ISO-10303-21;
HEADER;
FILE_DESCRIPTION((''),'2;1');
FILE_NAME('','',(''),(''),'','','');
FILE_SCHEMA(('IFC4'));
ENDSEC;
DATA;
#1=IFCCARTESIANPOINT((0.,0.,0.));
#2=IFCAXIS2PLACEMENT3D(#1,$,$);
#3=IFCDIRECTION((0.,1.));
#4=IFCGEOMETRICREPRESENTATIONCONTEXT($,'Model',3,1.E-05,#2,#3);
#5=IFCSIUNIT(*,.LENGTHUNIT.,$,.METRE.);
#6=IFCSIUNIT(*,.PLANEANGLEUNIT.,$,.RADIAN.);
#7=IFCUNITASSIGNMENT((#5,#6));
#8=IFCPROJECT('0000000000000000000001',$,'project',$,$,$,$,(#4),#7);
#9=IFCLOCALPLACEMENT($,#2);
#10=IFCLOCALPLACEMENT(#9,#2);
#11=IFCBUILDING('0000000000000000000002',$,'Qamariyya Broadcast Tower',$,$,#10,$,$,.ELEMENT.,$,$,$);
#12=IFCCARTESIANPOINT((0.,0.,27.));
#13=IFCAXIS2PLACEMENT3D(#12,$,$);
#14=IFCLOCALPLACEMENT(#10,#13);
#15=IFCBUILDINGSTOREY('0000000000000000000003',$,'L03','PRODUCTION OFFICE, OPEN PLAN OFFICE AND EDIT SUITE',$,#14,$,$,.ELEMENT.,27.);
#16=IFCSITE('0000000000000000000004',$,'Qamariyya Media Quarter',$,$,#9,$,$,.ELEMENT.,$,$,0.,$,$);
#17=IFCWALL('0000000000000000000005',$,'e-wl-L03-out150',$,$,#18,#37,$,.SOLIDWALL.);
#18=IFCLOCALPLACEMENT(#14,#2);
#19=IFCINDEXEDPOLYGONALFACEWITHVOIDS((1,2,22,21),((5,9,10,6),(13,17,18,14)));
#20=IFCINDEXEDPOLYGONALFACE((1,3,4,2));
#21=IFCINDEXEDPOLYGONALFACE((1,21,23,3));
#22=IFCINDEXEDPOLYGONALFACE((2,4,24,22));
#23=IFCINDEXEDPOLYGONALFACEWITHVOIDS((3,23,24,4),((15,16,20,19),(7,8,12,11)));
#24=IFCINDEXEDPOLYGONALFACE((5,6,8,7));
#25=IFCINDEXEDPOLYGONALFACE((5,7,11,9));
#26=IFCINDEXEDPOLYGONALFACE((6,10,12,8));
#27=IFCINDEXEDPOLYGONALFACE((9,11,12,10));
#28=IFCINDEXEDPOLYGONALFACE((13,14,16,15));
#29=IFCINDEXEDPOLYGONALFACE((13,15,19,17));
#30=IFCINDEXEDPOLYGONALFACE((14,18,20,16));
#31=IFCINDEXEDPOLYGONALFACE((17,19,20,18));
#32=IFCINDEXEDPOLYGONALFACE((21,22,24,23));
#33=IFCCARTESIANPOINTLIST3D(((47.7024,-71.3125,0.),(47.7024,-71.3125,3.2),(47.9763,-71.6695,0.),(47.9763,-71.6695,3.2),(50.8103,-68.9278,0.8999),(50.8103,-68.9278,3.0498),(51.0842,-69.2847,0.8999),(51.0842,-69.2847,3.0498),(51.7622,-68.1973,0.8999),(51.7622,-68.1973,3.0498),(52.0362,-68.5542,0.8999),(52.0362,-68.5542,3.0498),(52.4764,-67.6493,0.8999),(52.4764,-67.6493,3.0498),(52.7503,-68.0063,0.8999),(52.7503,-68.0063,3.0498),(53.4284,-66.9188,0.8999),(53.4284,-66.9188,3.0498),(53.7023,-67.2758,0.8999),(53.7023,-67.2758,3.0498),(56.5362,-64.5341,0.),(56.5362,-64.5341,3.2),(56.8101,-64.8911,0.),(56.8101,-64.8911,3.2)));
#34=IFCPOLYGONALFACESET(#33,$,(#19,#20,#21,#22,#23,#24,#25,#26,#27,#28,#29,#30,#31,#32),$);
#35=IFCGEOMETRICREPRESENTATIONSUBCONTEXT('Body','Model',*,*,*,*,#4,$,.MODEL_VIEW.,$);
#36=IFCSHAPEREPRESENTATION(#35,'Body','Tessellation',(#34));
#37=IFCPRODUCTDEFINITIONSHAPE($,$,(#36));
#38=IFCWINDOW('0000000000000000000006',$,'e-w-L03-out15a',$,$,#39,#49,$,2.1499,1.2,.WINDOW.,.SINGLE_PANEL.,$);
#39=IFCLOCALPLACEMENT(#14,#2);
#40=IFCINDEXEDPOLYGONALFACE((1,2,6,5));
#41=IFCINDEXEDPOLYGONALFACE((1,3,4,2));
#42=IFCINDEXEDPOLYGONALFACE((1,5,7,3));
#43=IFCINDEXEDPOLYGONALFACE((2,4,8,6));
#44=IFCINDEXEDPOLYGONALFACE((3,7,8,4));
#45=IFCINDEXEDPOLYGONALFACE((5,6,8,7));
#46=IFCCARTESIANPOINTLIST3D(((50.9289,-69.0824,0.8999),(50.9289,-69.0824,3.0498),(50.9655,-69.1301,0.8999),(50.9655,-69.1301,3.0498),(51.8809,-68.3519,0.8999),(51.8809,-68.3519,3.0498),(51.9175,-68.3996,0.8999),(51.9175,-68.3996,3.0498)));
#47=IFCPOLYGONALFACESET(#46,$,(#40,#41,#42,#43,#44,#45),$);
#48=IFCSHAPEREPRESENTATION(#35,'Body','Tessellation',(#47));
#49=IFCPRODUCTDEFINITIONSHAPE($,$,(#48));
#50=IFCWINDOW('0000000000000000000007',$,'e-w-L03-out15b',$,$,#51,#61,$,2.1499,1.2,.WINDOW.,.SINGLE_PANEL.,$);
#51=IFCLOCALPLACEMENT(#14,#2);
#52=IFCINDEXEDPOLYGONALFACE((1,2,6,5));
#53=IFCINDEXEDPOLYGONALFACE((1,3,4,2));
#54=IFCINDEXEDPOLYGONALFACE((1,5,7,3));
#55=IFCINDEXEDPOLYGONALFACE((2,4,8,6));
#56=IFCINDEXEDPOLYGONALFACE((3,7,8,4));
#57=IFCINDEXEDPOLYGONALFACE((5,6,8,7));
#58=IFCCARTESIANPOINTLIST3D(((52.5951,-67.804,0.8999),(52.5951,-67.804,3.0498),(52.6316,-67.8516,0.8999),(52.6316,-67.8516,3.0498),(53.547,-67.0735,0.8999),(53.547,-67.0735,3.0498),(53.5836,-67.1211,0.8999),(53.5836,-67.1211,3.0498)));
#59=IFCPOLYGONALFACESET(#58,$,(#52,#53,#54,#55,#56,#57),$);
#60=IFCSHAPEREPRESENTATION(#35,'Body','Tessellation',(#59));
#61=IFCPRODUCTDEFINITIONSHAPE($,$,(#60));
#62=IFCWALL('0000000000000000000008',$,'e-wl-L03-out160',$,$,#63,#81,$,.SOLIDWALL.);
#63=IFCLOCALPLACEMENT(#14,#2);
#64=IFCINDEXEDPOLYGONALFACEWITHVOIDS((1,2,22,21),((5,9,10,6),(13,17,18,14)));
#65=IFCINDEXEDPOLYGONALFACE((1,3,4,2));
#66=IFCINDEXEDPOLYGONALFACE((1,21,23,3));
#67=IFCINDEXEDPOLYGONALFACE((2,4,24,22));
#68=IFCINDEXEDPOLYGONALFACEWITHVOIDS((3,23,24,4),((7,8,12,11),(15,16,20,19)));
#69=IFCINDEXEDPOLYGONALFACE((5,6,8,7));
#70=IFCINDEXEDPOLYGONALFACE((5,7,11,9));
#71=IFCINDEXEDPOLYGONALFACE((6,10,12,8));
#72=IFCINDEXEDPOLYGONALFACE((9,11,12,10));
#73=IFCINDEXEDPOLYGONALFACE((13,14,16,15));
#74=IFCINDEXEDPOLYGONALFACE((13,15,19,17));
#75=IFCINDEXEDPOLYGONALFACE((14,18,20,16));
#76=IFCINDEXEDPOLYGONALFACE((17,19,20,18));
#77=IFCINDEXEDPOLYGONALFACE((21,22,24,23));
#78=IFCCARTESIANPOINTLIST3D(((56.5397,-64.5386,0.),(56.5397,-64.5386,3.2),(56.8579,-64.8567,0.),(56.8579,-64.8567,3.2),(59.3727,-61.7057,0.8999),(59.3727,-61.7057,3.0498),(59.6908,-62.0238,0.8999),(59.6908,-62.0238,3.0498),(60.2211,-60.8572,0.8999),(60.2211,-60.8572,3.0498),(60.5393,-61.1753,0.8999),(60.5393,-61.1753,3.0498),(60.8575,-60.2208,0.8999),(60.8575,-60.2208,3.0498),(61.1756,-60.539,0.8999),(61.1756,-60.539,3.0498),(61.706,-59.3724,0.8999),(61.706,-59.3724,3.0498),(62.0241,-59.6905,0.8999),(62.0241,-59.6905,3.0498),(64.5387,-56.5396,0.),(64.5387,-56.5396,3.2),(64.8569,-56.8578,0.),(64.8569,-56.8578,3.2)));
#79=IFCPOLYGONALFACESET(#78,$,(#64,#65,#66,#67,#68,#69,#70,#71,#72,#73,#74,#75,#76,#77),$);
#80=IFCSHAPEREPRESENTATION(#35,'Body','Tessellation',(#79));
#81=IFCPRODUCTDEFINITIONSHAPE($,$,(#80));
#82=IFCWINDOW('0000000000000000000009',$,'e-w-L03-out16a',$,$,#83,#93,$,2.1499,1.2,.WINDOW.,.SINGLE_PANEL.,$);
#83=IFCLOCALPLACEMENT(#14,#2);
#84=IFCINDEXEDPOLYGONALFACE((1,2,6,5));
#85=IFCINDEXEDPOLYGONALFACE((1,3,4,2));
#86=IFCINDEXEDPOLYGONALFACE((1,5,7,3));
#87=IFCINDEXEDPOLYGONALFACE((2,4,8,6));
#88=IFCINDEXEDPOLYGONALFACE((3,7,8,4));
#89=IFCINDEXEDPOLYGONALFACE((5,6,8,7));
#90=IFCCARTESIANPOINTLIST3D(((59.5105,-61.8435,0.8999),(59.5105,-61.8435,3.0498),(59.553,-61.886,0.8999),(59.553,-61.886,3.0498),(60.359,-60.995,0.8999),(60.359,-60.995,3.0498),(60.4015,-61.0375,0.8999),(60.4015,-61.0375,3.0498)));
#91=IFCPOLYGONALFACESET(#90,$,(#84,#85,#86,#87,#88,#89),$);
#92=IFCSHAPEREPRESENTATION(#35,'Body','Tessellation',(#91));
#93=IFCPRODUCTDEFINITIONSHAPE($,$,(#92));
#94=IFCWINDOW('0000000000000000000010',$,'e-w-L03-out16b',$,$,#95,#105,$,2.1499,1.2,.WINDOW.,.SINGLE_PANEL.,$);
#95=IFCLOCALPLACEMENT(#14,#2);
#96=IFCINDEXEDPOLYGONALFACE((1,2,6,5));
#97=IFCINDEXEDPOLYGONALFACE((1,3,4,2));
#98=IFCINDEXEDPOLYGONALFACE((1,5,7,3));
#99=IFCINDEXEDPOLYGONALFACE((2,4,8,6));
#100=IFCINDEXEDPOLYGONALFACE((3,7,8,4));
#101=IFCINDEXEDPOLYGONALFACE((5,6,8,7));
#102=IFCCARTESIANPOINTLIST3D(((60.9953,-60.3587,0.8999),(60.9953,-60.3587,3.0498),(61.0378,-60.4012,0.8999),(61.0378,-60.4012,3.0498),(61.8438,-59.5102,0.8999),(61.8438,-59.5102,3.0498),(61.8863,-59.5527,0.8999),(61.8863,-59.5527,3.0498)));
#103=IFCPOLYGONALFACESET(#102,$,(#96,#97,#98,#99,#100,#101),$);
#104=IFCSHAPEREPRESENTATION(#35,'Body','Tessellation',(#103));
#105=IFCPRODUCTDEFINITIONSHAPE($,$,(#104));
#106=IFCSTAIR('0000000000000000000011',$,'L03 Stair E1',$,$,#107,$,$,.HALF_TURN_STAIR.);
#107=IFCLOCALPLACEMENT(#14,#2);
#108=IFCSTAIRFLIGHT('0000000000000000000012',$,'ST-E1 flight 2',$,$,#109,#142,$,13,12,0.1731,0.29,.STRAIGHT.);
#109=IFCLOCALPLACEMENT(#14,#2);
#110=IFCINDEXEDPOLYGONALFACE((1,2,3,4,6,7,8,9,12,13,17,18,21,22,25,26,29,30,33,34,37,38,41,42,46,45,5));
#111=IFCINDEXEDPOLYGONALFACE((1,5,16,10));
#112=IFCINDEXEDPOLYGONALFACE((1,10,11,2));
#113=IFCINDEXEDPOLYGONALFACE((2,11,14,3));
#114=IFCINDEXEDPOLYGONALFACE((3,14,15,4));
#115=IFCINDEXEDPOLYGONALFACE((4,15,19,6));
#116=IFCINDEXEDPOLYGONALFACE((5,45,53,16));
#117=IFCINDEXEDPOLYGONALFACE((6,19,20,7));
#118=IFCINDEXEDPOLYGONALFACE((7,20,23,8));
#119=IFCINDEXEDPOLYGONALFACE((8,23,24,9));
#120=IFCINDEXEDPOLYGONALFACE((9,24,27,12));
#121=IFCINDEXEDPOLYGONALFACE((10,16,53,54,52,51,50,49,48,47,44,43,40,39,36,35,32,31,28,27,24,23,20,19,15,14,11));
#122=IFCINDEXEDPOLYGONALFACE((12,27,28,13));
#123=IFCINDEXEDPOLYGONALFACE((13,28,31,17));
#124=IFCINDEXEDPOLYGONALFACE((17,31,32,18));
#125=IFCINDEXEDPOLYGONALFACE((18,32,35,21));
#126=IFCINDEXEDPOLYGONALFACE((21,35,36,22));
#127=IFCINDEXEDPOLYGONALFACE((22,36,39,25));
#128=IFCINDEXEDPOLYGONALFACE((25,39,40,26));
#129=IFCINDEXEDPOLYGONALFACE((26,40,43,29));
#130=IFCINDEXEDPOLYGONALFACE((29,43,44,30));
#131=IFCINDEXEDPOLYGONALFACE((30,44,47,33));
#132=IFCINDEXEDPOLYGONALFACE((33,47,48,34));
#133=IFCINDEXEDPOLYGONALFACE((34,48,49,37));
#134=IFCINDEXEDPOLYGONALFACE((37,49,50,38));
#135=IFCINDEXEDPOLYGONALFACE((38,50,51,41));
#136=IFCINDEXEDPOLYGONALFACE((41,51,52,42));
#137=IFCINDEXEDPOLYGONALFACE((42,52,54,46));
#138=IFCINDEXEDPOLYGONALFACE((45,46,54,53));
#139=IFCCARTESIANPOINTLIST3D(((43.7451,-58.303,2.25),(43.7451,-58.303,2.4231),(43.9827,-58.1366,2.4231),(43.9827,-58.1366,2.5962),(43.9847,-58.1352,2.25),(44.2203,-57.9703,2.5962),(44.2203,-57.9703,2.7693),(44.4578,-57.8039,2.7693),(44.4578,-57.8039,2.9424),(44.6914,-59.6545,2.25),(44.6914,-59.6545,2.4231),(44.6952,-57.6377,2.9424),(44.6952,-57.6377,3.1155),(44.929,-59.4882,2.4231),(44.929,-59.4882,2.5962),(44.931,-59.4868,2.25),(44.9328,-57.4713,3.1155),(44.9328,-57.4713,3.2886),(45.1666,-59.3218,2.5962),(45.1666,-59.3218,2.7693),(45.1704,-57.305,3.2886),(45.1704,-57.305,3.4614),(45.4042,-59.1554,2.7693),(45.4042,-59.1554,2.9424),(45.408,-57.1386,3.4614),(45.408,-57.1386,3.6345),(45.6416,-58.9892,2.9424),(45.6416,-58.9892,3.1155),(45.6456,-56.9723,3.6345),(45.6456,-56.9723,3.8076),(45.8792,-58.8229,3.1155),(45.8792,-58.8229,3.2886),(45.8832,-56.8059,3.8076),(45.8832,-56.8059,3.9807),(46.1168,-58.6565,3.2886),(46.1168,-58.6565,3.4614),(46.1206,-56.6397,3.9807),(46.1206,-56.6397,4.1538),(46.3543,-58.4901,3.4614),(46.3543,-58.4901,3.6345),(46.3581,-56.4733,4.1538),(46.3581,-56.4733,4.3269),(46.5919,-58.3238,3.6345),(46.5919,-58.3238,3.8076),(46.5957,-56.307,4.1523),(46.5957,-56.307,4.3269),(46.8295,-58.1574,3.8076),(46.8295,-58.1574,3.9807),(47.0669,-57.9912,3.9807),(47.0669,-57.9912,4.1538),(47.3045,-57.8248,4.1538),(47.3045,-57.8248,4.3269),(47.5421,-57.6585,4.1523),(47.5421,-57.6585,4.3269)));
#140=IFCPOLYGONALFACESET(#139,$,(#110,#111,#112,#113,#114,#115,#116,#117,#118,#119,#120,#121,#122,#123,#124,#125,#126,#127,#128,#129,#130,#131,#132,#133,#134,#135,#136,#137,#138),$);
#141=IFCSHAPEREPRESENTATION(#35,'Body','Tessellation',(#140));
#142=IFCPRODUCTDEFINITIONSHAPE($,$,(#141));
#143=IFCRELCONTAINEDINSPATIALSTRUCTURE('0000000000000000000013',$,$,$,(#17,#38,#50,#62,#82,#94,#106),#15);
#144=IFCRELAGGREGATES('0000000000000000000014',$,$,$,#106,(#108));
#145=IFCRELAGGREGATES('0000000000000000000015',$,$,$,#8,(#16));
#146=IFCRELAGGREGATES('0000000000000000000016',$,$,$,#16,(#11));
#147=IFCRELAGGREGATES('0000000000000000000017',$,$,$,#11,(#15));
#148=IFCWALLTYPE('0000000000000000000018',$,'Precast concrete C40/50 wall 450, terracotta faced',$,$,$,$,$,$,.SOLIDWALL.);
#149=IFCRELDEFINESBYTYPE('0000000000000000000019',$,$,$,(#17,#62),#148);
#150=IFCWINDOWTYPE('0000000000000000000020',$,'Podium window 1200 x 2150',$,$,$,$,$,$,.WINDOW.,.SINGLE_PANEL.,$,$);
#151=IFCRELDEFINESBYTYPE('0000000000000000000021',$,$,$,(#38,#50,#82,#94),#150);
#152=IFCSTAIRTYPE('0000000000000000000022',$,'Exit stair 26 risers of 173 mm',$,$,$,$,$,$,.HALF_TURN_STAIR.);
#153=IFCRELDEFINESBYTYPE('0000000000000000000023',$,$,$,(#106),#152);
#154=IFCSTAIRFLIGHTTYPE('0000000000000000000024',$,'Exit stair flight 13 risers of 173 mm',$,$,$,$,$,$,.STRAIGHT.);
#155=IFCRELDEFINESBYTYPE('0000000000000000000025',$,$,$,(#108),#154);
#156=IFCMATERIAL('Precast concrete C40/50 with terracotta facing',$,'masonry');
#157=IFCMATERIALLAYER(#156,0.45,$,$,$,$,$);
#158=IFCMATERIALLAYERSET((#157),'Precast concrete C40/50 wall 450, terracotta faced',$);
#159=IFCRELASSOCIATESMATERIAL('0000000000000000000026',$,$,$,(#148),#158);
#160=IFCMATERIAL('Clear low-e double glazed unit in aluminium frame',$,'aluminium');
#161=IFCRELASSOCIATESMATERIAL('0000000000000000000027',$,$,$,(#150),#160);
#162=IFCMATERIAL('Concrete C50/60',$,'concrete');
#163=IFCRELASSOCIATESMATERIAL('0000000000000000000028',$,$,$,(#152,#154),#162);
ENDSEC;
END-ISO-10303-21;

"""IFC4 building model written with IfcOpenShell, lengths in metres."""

from ifc_helpers import new_model, si_unit, direction, frame, frame_2d, origin, place, context, subcontext, project, spatial, polyline, rectangle, outline, extrude, material, layer, layer_set, type_object, element, fill, aggregate, save


model = new_model("IFC4")

# Units and contexts
model_context = context("Model", 3, precision=1e-05, world=origin(), true_north=direction((0.0, 1.0)))
body_context = subcontext(model_context, "Body", "Model", "MODEL_VIEW")
ifc_project = project(units=[si_unit("LENGTHUNIT", "METRE"), si_unit("PLANEANGLEUNIT", "RADIAN")], contexts=[model_context])

# Site, building, storey
site_placement = place(None, origin())
site = spatial("IfcSite", under=ifc_project, at=site_placement, Name="Qamariyya Media Quarter", CompositionType="ELEMENT", RefElevation=0.0)
building_placement = place(site_placement, origin())
building = spatial("IfcBuilding", under=site, at=building_placement, Name="Qamariyya Broadcast Tower", CompositionType="ELEMENT")
storey_placement = place(building_placement, frame((0.0, 0.0, 27.0)))
storey = spatial("IfcBuildingStorey", under=building, at=storey_placement, Name="L03", Description="PRODUCTION OFFICE, OPEN PLAN OFFICE AND EDIT SUITE", CompositionType="ELEMENT", Elevation=27.0)

# Shared definitions
ifc_material_1 = material(Name="Concrete C50/60", Category="concrete")

# Walls, openings, windows
ifc_material_2 = material(Name="Precast concrete C40/50 with terracotta facing", Category="masonry")
ifc_layer_1 = layer(ifc_material_2, 0.45)
ifc_layer_set_1 = layer_set([ifc_layer_1], Name="Precast concrete C40/50 wall 450, terracotta faced")
wall_type_1 = type_object("IfcWallType", Name="Precast concrete C40/50 wall 450, terracotta faced", PredefinedType="SOLIDWALL", material=ifc_layer_set_1)
wall_1_placement = place(storey_placement, frame((47.8394, -71.491, 0.0), z_axis=(0.0, 0.0, 1.0), x_axis=(0.793355, 0.608759, 0.0)))
wall_1 = element("IfcWall", 1, at=wall_1_placement, inside=storey, type_object=wall_type_1, Name="e-wl-L03-out150", PredefinedType="SOLIDWALL", context=body_context, shape_type="SweptSolid", body=[
    extrude(rectangle(XDim=11.1348, YDim=0.45, at=frame_2d((5.5674, 0.0))), origin(), (0.0, 0.0, 1.0), 3.2),
])
opening_1_placement = place(wall_1_placement, frame((3.9172, 0.0, 0.8999)))
opening_1 = element("IfcOpeningElement", 2, at=opening_1_placement, cuts=wall_1, PredefinedType="OPENING", context=body_context, shape_type="SweptSolid", body=[
    extrude(rectangle(XDim=1.2, YDim=2.1499, at=frame_2d((0.6001, 1.075))), frame((0.0, 0.2349, 0.0), z_axis=(0.0, -1.0, 0.0), x_axis=(1.0, 0.0, 0.0)), (0.0, 0.0, 1.0), 0.47),
])
opening_2_placement = place(wall_1_placement, frame((6.0173, 0.0, 0.8999)))
opening_2 = element("IfcOpeningElement", 3, at=opening_2_placement, cuts=wall_1, PredefinedType="OPENING", context=body_context, shape_type="SweptSolid", body=[
    extrude(rectangle(XDim=1.2, YDim=2.1499, at=frame_2d((0.6001, 1.075))), frame((0.0, 0.2349, 0.0), z_axis=(0.0, -1.0, 0.0), x_axis=(1.0, 0.0, 0.0)), (0.0, 0.0, 1.0), 0.47),
])
ifc_material_3 = material(Name="Clear low-e double glazed unit in aluminium frame", Category="aluminium")
window_type = type_object("IfcWindowType", Name="Podium window 1200 x 2150", PartitioningType="SINGLE_PANEL", PredefinedType="WINDOW", material=ifc_material_3)
window_1_placement = place(opening_1_placement, origin())
window_1 = element("IfcWindow", 4, at=window_1_placement, inside=storey, type_object=window_type, Name="e-w-L03-out15a", OverallHeight=2.1499, OverallWidth=1.2, PartitioningType="SINGLE_PANEL", PredefinedType="WINDOW", context=body_context, shape_type="SweptSolid", body=[
    extrude(rectangle(XDim=1.2, YDim=2.1499, at=frame_2d((0.6001, 1.075))), frame((0.0, 0.03, 0.0), z_axis=(0.0, -1.0, 0.0), x_axis=(1.0, 0.0, 0.0)), (0.0, 0.0, 1.0), 0.0601),
])
fill(opening_1, window_1)
window_2_placement = place(opening_2_placement, origin())
window_2 = element("IfcWindow", 5, at=window_2_placement, inside=storey, type_object=window_type, Name="e-w-L03-out15b", OverallHeight=2.1499, OverallWidth=1.2, PartitioningType="SINGLE_PANEL", PredefinedType="WINDOW", context=body_context, shape_type="SweptSolid", body=[
    extrude(rectangle(XDim=1.2, YDim=2.1499, at=frame_2d((0.6001, 1.075))), frame((0.0, 0.03, 0.0), z_axis=(0.0, -1.0, 0.0), x_axis=(1.0, 0.0, 0.0)), (0.0, 0.0, 1.0), 0.0601),
])
fill(opening_2, window_2)
wall_2_placement = place(storey_placement, frame((56.6987, -64.6978, 0.0), z_axis=(0.0, 0.0, 1.0), x_axis=(0.707107, 0.707107, 0.0)))
wall_2 = element("IfcWall", 6, at=wall_2_placement, inside=storey, type_object=wall_type_1, Name="e-wl-L03-out160", PredefinedType="SOLIDWALL", context=body_context, shape_type="SweptSolid", body=[
    extrude(rectangle(XDim=11.3123, YDim=0.45, at=frame_2d((5.6562, 0.0))), origin(), (0.0, 0.0, 1.0), 3.2),
])
opening_3_placement = place(wall_2_placement, frame((4.0063, 0.0, 0.8999)))
opening_3 = element("IfcOpeningElement", 7, at=opening_3_placement, cuts=wall_2, PredefinedType="OPENING", context=body_context, shape_type="SweptSolid", body=[
    extrude(rectangle(XDim=1.2, YDim=2.1499, at=frame_2d((0.6001, 1.075))), frame((0.0, 0.2349, 0.0), z_axis=(0.0, -1.0, 0.0), x_axis=(1.0, 0.0, 0.0)), (0.0, 0.0, 1.0), 0.47),
])
opening_4_placement = place(wall_2_placement, frame((6.1062, 0.0, 0.8999)))
opening_4 = element("IfcOpeningElement", 8, at=opening_4_placement, cuts=wall_2, PredefinedType="OPENING", context=body_context, shape_type="SweptSolid", body=[
    extrude(rectangle(XDim=1.2, YDim=2.1499, at=frame_2d((0.6001, 1.075))), frame((0.0, 0.2349, 0.0), z_axis=(0.0, -1.0, 0.0), x_axis=(1.0, 0.0, 0.0)), (0.0, 0.0, 1.0), 0.47),
])
window_3_placement = place(opening_3_placement, origin())
window_3 = element("IfcWindow", 9, at=window_3_placement, inside=storey, type_object=window_type, Name="e-w-L03-out16a", OverallHeight=2.1499, OverallWidth=1.2, PartitioningType="SINGLE_PANEL", PredefinedType="WINDOW", context=body_context, shape_type="SweptSolid", body=[
    extrude(rectangle(XDim=1.2, YDim=2.1499, at=frame_2d((0.6001, 1.075))), frame((0.0, 0.03, 0.0), z_axis=(0.0, -1.0, 0.0), x_axis=(1.0, 0.0, 0.0)), (0.0, 0.0, 1.0), 0.0601),
])
fill(opening_3, window_3)
window_4_placement = place(opening_4_placement, origin())
window_4 = element("IfcWindow", 10, at=window_4_placement, inside=storey, type_object=window_type, Name="e-w-L03-out16b", OverallHeight=2.1499, OverallWidth=1.2, PartitioningType="SINGLE_PANEL", PredefinedType="WINDOW", context=body_context, shape_type="SweptSolid", body=[
    extrude(rectangle(XDim=1.2, YDim=2.1499, at=frame_2d((0.6001, 1.075))), frame((0.0, 0.03, 0.0), z_axis=(0.0, -1.0, 0.0), x_axis=(1.0, 0.0, 0.0)), (0.0, 0.0, 1.0), 0.0601),
])
fill(opening_4, window_4)

# Stair, stair flight
stair_type = type_object("IfcStairType", Name="Exit stair 26 risers of 173 mm", PredefinedType="HALF_TURN_STAIR", material=ifc_material_1)
stair_placement = place(storey_placement, origin())
stair = element("IfcStair", 11, at=stair_placement, inside=storey, type_object=stair_type, Name="L03 Stair E1", PredefinedType="HALF_TURN_STAIR")
stair_flight_type = type_object("IfcStairFlightType", Name="Exit stair flight 13 risers of 173 mm", PredefinedType="STRAIGHT", material=ifc_material_1)
stair_flight_placement = place(storey_placement, frame((44.2183, -58.9788, 2.25), z_axis=(0.0, 0.0, 1.0), x_axis=(0.819152, 0.573576, 0.0)))
stair_flight = element("IfcStairFlight", 12, at=stair_flight_placement, type_object=stair_flight_type, Name="ST-E1 flight 2", NumberOfRisers=13, NumberOfTreads=12, PredefinedType="STRAIGHT", RiserHeight=0.1731, TreadLength=0.29, context=body_context, shape_type="SweptSolid", body=[
    extrude(outline(polyline([(0.0, 0.0), (0.0, 0.1731), (0.29, 0.1731), (0.29, 0.3462), (0.5801, 0.3462), (0.5801, 0.5193), (0.8701, 0.5193), (0.8701, 0.6924), (1.1599, 0.6924), (1.1599, 0.8655), (1.45, 0.8655), (1.45, 1.0386), (1.74, 1.0386), (1.74, 1.2114), (2.03, 1.2114), (2.03, 1.3845), (2.3201, 1.3845), (2.3201, 1.5576), (2.6101, 1.5576), (2.6101, 1.7307), (2.8999, 1.7307), (2.8999, 1.9038), (3.1899, 1.9038), (3.1899, 2.0769), (3.48, 2.0769), (3.48, 2.25), (3.48, 1.9023), (0.2925, 0.0), (0.0, 0.0)])), frame((0.0, 0.825, 0.0), z_axis=(0.0, -1.0, 0.0), x_axis=(1.0, 0.0, 0.0)), (0.0, 0.0, 1.0), 1.6499),
])
aggregate(stair, [stair_flight])

save(model, "model.ifc")
